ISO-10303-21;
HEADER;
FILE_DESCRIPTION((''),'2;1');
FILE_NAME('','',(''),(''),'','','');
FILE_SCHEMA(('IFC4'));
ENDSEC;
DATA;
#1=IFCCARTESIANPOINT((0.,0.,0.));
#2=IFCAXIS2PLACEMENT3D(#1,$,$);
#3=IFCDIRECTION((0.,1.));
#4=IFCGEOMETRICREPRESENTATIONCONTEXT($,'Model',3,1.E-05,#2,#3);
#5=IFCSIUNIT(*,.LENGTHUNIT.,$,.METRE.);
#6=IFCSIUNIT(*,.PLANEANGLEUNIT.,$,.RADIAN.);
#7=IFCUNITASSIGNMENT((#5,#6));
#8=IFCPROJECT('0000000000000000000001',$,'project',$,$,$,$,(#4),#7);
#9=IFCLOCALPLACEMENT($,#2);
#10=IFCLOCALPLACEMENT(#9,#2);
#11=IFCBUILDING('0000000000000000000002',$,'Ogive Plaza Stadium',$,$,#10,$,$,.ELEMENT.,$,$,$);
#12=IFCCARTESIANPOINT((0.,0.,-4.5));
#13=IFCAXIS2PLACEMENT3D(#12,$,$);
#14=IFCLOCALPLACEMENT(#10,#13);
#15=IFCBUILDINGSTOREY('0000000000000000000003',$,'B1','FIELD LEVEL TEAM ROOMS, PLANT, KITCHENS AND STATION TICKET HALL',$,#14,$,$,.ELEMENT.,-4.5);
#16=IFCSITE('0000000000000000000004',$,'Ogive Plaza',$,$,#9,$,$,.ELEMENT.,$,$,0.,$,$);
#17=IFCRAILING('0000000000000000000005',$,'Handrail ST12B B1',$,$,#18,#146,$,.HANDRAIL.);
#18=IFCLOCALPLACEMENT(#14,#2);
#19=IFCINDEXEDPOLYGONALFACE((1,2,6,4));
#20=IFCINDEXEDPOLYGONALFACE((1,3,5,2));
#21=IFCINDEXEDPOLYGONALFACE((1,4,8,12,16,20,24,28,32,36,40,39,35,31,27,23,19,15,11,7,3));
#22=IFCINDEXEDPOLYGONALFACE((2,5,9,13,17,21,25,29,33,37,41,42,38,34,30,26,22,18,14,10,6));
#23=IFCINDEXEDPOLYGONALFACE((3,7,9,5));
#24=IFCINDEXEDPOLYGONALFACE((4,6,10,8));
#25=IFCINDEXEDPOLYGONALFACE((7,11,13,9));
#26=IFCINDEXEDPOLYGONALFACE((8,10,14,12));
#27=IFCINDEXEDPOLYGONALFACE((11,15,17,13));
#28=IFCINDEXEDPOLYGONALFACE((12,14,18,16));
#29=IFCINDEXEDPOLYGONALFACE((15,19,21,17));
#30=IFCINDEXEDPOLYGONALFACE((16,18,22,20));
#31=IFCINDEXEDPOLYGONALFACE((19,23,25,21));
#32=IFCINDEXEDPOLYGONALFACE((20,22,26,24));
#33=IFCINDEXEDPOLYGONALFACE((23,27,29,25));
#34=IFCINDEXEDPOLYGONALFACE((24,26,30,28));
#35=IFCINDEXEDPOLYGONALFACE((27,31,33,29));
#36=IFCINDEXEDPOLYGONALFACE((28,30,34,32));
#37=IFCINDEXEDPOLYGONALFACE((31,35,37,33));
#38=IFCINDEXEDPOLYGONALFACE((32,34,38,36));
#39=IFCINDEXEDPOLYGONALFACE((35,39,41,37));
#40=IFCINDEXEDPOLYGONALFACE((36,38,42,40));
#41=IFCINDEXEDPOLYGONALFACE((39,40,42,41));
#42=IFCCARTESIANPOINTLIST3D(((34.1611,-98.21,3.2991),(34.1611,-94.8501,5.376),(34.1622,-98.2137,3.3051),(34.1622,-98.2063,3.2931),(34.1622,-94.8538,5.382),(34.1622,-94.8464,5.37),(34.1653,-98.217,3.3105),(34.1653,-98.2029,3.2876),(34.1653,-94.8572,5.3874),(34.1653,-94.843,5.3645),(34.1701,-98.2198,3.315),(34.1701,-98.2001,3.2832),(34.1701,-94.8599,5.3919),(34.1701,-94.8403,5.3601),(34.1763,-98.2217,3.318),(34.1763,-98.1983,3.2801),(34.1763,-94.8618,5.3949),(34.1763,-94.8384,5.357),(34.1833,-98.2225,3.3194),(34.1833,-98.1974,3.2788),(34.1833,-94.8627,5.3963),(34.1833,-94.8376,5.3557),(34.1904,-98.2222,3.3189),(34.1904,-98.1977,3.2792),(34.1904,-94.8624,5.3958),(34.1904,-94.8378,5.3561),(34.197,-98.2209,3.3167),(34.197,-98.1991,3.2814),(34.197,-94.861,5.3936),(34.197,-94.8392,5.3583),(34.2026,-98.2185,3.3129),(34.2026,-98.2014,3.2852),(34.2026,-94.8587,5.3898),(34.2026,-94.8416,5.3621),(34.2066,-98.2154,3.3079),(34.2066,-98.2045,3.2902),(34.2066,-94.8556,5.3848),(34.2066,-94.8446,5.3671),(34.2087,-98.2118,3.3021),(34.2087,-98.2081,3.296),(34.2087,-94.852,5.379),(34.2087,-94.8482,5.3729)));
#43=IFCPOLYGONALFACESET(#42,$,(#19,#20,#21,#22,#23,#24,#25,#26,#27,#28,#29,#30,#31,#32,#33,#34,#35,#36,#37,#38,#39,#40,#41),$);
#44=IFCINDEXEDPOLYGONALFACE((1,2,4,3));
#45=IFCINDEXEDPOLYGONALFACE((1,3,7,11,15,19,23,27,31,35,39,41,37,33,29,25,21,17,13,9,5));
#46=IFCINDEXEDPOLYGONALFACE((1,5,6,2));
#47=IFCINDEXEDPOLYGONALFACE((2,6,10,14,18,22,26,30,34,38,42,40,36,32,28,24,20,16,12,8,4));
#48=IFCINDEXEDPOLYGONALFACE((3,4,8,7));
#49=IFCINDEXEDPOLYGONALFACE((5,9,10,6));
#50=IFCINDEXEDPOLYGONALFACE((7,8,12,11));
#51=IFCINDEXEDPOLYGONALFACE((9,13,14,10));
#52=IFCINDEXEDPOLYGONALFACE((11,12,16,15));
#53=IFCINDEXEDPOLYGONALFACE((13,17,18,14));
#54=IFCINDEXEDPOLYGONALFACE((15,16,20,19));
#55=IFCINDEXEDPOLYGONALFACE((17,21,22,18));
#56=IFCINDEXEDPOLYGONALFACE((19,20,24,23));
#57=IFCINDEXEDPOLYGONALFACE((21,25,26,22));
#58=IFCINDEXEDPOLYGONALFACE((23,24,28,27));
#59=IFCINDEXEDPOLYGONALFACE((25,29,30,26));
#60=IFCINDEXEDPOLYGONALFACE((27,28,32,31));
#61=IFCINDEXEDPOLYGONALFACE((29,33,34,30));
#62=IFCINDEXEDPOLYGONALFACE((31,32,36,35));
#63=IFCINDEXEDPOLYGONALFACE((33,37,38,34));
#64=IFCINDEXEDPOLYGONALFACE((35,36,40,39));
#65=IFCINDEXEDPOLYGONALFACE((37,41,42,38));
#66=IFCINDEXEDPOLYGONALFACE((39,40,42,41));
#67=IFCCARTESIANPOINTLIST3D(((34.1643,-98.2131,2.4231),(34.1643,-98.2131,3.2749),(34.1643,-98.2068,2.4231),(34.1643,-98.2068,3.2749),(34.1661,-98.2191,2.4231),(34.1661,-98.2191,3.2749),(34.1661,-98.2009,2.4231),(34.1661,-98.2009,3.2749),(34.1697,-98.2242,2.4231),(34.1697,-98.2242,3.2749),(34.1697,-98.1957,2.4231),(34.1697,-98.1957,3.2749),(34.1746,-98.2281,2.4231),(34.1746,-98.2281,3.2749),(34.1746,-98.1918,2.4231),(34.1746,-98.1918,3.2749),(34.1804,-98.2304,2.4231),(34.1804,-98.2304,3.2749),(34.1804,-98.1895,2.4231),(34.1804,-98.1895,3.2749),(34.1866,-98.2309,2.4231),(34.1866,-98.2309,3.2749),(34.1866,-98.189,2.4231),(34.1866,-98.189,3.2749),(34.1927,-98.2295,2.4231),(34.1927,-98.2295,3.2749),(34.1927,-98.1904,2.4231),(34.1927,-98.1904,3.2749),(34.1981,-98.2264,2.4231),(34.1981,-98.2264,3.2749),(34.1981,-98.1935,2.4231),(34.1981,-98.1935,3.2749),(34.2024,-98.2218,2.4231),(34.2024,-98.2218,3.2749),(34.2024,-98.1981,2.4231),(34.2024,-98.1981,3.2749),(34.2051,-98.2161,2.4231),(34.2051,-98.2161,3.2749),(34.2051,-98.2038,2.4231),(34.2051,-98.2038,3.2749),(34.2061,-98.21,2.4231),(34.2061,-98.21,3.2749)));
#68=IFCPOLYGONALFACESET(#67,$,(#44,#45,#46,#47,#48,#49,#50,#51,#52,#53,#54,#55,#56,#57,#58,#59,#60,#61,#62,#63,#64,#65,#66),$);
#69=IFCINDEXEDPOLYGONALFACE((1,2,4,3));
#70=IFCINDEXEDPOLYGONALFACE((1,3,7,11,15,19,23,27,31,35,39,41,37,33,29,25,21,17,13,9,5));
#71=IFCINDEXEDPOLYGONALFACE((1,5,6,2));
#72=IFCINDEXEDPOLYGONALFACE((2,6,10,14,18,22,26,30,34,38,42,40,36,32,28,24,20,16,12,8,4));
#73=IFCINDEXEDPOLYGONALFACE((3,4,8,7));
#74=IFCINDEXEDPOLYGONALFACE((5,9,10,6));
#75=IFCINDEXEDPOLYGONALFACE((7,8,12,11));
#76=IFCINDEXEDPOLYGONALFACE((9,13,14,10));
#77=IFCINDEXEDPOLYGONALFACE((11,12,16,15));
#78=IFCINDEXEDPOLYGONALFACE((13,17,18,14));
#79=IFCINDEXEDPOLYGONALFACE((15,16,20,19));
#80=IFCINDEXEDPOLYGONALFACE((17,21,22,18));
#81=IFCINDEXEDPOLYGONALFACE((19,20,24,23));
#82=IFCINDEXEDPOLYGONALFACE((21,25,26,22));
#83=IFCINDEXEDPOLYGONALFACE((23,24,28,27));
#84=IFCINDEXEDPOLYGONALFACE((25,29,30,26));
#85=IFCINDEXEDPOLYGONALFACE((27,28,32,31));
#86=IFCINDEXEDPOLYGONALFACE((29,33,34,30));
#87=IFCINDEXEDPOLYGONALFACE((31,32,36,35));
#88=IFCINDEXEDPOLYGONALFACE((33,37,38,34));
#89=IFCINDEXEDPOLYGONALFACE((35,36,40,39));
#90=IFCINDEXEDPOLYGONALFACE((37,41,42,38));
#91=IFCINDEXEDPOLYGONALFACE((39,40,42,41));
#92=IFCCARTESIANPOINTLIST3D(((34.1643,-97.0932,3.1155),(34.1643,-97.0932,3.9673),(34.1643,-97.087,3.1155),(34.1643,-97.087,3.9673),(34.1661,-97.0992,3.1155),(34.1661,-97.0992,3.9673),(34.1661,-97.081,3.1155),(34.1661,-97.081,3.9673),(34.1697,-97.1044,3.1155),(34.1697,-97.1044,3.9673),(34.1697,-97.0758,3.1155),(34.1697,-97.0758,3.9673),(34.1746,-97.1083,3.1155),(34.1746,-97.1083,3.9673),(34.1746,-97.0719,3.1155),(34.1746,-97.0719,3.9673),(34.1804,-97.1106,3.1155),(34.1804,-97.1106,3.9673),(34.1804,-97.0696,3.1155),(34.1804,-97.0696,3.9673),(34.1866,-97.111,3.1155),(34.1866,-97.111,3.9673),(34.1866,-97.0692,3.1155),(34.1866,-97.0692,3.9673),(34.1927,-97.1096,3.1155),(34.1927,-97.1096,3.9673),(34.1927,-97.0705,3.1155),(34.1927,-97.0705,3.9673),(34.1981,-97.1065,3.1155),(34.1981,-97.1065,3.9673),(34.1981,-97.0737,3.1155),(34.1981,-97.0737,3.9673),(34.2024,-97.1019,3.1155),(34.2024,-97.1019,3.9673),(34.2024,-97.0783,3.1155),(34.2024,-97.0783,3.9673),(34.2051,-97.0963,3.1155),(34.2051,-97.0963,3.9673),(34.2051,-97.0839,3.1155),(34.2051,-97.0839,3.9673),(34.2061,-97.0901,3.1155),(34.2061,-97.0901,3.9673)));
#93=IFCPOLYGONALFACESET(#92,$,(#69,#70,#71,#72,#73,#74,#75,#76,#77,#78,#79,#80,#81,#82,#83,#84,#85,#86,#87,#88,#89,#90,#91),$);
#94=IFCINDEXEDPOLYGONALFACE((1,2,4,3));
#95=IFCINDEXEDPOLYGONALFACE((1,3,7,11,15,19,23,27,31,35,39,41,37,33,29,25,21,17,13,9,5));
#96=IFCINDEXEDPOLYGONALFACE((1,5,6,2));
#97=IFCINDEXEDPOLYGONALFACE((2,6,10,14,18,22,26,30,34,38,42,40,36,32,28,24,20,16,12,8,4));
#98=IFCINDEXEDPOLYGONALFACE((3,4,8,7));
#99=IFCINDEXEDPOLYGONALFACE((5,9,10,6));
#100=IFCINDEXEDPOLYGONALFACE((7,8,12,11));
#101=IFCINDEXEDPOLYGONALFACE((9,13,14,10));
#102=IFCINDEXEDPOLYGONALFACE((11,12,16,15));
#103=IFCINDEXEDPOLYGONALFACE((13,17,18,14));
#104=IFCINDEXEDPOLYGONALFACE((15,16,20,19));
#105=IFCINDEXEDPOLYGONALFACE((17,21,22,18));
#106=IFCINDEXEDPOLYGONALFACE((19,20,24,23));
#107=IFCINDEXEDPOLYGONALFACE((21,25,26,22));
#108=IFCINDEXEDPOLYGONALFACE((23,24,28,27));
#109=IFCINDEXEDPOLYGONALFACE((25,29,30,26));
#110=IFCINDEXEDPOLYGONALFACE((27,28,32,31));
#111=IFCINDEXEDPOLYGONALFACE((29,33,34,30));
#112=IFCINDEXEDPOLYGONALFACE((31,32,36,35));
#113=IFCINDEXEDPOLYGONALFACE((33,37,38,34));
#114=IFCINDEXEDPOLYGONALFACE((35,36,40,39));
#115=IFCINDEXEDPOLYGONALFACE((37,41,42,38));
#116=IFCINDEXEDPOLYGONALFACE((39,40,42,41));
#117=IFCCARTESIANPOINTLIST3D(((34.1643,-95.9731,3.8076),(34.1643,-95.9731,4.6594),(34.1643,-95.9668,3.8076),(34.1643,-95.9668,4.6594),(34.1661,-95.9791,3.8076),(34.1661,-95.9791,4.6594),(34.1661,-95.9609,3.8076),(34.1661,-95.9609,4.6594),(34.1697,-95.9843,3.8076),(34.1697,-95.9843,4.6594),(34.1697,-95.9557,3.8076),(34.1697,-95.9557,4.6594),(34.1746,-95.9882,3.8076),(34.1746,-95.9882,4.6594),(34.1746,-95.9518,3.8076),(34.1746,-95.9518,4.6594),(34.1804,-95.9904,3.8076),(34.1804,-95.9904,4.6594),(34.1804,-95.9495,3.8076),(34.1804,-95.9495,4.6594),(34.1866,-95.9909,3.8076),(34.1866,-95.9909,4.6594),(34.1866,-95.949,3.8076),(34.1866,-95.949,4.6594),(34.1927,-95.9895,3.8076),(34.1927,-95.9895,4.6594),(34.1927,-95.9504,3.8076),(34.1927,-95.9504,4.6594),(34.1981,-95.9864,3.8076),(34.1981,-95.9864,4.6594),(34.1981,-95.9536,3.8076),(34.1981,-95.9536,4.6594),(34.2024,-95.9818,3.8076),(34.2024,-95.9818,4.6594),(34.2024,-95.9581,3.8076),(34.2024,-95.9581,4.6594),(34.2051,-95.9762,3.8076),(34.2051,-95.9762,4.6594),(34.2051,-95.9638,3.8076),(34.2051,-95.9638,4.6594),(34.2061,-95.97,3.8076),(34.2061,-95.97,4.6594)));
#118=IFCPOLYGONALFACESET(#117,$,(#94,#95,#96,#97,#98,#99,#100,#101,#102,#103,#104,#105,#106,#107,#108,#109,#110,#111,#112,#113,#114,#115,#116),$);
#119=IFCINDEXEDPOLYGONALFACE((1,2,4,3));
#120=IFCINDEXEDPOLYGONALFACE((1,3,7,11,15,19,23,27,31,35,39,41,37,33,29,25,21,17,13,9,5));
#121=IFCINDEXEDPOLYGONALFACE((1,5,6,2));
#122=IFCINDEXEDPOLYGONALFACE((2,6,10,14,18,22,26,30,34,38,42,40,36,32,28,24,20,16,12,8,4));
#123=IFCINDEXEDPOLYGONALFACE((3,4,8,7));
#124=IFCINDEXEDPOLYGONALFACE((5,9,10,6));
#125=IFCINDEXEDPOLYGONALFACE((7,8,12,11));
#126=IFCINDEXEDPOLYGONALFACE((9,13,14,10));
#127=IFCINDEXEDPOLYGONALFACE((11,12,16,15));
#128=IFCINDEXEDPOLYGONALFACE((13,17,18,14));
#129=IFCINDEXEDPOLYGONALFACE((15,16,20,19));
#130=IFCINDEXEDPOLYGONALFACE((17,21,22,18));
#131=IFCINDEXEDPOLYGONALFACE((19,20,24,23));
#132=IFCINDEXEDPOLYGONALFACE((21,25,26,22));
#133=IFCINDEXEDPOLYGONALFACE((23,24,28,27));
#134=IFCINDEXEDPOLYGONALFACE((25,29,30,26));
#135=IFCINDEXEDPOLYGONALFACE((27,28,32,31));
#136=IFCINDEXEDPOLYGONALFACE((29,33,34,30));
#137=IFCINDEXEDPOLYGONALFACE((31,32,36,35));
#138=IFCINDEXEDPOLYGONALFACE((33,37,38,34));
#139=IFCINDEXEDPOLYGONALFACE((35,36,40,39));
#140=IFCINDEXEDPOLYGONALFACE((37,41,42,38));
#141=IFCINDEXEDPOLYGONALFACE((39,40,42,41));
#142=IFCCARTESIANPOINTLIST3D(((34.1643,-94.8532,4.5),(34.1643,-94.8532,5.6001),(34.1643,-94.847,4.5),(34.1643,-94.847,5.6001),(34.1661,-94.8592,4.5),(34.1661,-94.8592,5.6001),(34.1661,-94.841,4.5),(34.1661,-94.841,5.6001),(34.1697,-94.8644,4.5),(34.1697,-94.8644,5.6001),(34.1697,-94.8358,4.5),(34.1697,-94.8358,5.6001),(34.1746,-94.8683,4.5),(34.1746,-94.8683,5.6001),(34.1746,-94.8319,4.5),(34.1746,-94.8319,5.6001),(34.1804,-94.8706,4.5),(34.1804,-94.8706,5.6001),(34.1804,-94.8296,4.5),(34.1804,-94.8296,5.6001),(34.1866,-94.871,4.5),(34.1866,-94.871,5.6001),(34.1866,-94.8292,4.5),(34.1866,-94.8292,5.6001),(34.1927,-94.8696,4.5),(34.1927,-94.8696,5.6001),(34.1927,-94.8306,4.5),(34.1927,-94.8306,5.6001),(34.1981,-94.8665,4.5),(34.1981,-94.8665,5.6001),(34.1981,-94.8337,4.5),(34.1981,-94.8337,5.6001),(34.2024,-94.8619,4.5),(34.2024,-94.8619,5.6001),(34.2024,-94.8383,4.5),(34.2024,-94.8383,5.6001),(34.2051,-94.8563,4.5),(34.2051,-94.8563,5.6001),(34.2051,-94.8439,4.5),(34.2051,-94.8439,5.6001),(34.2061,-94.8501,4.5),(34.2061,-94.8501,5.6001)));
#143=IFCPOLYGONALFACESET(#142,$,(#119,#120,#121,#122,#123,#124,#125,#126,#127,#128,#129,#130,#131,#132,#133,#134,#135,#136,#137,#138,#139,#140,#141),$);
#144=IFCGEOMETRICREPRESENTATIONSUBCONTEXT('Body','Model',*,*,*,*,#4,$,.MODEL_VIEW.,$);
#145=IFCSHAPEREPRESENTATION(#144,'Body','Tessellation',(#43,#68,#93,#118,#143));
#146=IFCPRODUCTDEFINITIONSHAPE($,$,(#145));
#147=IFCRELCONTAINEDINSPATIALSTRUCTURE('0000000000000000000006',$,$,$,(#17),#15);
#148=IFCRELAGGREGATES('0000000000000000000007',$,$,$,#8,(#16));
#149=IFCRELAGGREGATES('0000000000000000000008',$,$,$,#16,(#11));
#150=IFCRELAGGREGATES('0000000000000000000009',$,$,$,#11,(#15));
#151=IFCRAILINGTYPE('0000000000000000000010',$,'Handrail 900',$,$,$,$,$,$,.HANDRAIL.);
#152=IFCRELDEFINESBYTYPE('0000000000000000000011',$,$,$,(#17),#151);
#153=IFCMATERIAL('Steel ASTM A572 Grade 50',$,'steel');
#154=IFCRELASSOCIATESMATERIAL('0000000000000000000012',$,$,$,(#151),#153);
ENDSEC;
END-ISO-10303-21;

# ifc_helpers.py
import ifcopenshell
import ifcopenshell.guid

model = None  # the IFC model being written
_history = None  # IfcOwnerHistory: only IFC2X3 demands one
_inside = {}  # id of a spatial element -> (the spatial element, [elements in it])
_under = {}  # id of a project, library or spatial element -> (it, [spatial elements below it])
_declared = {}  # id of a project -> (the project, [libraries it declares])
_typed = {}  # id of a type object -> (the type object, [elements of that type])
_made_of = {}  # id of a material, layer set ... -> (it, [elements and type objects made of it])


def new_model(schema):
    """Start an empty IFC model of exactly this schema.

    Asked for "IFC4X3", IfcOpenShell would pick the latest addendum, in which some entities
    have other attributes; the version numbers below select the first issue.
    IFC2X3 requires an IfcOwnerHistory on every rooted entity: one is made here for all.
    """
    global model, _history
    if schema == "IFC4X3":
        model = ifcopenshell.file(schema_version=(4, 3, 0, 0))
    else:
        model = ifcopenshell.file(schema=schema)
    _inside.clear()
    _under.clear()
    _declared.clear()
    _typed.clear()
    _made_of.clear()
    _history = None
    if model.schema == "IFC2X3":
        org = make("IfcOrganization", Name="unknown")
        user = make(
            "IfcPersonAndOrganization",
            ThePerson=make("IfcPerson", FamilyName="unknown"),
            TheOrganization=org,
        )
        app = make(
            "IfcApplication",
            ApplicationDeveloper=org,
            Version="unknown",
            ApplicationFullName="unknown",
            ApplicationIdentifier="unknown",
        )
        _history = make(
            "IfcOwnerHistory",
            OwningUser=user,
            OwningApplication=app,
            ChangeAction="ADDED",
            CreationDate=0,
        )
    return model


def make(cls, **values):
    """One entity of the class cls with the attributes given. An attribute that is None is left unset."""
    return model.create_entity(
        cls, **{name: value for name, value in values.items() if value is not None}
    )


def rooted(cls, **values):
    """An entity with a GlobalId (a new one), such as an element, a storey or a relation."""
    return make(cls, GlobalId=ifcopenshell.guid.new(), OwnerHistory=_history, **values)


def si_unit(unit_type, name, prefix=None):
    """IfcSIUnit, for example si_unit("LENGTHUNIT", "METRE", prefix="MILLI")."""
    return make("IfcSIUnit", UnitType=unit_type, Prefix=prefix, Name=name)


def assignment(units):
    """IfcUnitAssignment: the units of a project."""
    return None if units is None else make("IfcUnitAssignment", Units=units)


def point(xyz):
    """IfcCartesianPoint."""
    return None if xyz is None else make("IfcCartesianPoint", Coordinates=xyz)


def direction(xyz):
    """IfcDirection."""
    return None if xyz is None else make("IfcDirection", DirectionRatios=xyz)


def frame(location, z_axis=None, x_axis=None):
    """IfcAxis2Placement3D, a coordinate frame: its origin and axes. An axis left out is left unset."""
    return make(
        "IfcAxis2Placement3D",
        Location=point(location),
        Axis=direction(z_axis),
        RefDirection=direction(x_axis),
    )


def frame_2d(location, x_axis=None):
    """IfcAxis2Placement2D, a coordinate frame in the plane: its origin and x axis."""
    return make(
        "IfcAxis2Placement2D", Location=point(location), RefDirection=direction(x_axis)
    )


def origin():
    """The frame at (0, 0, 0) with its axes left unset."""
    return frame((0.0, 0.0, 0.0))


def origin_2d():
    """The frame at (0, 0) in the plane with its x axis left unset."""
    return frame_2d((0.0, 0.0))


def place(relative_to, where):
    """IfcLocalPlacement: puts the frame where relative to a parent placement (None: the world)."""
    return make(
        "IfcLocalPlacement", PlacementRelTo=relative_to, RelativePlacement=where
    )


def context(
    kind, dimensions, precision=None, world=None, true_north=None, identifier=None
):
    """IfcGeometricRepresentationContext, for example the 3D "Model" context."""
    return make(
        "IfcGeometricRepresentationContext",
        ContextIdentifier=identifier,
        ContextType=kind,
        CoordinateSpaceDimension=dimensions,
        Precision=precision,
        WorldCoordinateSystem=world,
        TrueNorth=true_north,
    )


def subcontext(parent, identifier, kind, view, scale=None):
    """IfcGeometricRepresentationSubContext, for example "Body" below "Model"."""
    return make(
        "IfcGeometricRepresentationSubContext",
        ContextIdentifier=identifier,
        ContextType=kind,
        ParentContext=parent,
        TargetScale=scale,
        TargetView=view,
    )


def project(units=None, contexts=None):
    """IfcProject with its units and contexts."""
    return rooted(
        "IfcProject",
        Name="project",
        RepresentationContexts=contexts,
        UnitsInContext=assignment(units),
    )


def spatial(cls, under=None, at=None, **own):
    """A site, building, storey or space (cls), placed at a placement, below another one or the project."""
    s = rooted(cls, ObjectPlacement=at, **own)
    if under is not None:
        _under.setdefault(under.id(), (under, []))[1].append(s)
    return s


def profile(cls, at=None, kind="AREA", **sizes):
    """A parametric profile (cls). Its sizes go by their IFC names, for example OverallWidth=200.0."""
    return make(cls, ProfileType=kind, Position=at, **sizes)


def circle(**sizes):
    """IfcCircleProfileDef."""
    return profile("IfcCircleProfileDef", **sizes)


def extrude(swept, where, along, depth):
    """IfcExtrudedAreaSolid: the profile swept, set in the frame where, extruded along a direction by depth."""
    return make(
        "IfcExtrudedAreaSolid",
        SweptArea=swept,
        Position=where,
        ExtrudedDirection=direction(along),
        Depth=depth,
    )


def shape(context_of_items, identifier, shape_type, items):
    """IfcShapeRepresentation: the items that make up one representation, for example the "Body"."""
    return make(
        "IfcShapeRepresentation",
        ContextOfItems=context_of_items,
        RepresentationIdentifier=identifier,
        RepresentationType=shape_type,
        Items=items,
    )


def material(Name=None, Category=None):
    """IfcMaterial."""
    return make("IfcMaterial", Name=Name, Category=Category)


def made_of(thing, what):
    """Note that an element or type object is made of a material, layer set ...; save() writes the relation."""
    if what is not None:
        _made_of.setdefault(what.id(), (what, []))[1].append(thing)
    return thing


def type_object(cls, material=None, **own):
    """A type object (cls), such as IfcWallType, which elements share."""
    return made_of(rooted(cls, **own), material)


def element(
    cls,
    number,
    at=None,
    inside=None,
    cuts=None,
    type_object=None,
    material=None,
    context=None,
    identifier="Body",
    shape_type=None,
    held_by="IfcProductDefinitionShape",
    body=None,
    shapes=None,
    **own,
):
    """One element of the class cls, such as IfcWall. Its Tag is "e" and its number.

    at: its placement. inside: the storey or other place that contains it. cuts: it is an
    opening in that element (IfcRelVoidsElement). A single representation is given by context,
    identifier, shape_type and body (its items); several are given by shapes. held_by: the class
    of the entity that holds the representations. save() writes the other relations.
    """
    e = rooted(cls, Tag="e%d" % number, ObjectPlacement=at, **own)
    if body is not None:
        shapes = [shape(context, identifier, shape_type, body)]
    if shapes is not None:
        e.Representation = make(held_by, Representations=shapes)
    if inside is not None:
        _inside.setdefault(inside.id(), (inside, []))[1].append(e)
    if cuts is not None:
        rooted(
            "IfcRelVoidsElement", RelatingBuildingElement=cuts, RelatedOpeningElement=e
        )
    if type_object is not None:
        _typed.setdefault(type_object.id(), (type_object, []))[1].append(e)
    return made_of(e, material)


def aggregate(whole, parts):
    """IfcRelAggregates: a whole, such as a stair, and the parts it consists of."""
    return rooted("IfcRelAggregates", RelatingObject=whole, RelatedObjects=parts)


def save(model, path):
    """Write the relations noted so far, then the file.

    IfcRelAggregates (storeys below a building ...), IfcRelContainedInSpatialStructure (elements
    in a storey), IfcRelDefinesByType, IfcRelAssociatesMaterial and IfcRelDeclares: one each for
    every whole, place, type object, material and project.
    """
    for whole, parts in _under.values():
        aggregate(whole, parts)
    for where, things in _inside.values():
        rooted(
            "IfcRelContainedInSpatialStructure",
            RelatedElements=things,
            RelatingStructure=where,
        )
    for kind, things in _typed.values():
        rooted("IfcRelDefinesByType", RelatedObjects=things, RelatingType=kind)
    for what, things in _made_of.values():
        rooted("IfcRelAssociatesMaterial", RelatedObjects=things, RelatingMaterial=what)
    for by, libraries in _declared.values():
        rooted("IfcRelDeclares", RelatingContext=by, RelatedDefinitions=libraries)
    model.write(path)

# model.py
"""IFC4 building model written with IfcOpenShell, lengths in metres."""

from ifc_helpers import new_model, si_unit, direction, frame, origin, origin_2d, place, context, subcontext, project, spatial, circle, extrude, material, type_object, element, save


model = new_model("IFC4")

# Units and contexts
model_context = context("Model", 3, precision=1e-05, world=origin(), true_north=direction((0.0, 1.0)))
body_context = subcontext(model_context, "Body", "Model", "MODEL_VIEW")
ifc_project = project(units=[si_unit("LENGTHUNIT", "METRE"), si_unit("PLANEANGLEUNIT", "RADIAN")], contexts=[model_context])

# Site, building, storey
site_placement = place(None, origin())
site = spatial("IfcSite", under=ifc_project, at=site_placement, Name="Ogive Plaza", CompositionType="ELEMENT", RefElevation=0.0)
building_placement = place(site_placement, origin())
building = spatial("IfcBuilding", under=site, at=building_placement, Name="Ogive Plaza Stadium", CompositionType="ELEMENT")
storey_placement = place(building_placement, frame((0.0, 0.0, -4.5)))
storey = spatial("IfcBuildingStorey", under=building, at=storey_placement, Name="B1", Description="FIELD LEVEL TEAM ROOMS, PLANT, KITCHENS AND STATION TICKET HALL", CompositionType="ELEMENT", Elevation=-4.5)

# Railing
ifc_material_1 = material(Name="Steel ASTM A572 Grade 50", Category="steel")
railing_type_1 = type_object("IfcRailingType", Name="Handrail 900", PredefinedType="HANDRAIL", material=ifc_material_1)
for number, where, name in (
    (1, (34.1851, -98.21, 2.4231), "Handrail ST12B B1"),
):
    element("IfcRailing", number, at=place(storey_placement, frame(where)), inside=storey, type_object=railing_type_1, Name=name, PredefinedType="HANDRAIL", context=body_context, shape_type="SweptSolid", body=[
        extrude(circle(Radius=0.0239, at=origin_2d()), frame((0.0, 0.0, 0.876), z_axis=(0.0, 0.850606, 0.525803), x_axis=(-1.0, 0.0, 0.0)), (0.0, 0.0, 1.0), 3.95),
        extrude(circle(Radius=0.021, at=origin_2d()), origin(), (0.0, 0.0, 1.0), 0.8518),
        extrude(circle(Radius=0.021, at=origin_2d()), frame((0.0, 1.1199, 0.6924)), (0.0, 0.0, 1.0), 0.8518),
        extrude(circle(Radius=0.021, at=origin_2d()), frame((0.0, 2.24, 1.3845)), (0.0, 0.0, 1.0), 0.8518),
        extrude(circle(Radius=0.021, at=origin_2d()), frame((0.0, 3.3599, 2.0769)), (0.0, 0.0, 1.0), 1.1001),
    ])

save(model, "model.ifc")
